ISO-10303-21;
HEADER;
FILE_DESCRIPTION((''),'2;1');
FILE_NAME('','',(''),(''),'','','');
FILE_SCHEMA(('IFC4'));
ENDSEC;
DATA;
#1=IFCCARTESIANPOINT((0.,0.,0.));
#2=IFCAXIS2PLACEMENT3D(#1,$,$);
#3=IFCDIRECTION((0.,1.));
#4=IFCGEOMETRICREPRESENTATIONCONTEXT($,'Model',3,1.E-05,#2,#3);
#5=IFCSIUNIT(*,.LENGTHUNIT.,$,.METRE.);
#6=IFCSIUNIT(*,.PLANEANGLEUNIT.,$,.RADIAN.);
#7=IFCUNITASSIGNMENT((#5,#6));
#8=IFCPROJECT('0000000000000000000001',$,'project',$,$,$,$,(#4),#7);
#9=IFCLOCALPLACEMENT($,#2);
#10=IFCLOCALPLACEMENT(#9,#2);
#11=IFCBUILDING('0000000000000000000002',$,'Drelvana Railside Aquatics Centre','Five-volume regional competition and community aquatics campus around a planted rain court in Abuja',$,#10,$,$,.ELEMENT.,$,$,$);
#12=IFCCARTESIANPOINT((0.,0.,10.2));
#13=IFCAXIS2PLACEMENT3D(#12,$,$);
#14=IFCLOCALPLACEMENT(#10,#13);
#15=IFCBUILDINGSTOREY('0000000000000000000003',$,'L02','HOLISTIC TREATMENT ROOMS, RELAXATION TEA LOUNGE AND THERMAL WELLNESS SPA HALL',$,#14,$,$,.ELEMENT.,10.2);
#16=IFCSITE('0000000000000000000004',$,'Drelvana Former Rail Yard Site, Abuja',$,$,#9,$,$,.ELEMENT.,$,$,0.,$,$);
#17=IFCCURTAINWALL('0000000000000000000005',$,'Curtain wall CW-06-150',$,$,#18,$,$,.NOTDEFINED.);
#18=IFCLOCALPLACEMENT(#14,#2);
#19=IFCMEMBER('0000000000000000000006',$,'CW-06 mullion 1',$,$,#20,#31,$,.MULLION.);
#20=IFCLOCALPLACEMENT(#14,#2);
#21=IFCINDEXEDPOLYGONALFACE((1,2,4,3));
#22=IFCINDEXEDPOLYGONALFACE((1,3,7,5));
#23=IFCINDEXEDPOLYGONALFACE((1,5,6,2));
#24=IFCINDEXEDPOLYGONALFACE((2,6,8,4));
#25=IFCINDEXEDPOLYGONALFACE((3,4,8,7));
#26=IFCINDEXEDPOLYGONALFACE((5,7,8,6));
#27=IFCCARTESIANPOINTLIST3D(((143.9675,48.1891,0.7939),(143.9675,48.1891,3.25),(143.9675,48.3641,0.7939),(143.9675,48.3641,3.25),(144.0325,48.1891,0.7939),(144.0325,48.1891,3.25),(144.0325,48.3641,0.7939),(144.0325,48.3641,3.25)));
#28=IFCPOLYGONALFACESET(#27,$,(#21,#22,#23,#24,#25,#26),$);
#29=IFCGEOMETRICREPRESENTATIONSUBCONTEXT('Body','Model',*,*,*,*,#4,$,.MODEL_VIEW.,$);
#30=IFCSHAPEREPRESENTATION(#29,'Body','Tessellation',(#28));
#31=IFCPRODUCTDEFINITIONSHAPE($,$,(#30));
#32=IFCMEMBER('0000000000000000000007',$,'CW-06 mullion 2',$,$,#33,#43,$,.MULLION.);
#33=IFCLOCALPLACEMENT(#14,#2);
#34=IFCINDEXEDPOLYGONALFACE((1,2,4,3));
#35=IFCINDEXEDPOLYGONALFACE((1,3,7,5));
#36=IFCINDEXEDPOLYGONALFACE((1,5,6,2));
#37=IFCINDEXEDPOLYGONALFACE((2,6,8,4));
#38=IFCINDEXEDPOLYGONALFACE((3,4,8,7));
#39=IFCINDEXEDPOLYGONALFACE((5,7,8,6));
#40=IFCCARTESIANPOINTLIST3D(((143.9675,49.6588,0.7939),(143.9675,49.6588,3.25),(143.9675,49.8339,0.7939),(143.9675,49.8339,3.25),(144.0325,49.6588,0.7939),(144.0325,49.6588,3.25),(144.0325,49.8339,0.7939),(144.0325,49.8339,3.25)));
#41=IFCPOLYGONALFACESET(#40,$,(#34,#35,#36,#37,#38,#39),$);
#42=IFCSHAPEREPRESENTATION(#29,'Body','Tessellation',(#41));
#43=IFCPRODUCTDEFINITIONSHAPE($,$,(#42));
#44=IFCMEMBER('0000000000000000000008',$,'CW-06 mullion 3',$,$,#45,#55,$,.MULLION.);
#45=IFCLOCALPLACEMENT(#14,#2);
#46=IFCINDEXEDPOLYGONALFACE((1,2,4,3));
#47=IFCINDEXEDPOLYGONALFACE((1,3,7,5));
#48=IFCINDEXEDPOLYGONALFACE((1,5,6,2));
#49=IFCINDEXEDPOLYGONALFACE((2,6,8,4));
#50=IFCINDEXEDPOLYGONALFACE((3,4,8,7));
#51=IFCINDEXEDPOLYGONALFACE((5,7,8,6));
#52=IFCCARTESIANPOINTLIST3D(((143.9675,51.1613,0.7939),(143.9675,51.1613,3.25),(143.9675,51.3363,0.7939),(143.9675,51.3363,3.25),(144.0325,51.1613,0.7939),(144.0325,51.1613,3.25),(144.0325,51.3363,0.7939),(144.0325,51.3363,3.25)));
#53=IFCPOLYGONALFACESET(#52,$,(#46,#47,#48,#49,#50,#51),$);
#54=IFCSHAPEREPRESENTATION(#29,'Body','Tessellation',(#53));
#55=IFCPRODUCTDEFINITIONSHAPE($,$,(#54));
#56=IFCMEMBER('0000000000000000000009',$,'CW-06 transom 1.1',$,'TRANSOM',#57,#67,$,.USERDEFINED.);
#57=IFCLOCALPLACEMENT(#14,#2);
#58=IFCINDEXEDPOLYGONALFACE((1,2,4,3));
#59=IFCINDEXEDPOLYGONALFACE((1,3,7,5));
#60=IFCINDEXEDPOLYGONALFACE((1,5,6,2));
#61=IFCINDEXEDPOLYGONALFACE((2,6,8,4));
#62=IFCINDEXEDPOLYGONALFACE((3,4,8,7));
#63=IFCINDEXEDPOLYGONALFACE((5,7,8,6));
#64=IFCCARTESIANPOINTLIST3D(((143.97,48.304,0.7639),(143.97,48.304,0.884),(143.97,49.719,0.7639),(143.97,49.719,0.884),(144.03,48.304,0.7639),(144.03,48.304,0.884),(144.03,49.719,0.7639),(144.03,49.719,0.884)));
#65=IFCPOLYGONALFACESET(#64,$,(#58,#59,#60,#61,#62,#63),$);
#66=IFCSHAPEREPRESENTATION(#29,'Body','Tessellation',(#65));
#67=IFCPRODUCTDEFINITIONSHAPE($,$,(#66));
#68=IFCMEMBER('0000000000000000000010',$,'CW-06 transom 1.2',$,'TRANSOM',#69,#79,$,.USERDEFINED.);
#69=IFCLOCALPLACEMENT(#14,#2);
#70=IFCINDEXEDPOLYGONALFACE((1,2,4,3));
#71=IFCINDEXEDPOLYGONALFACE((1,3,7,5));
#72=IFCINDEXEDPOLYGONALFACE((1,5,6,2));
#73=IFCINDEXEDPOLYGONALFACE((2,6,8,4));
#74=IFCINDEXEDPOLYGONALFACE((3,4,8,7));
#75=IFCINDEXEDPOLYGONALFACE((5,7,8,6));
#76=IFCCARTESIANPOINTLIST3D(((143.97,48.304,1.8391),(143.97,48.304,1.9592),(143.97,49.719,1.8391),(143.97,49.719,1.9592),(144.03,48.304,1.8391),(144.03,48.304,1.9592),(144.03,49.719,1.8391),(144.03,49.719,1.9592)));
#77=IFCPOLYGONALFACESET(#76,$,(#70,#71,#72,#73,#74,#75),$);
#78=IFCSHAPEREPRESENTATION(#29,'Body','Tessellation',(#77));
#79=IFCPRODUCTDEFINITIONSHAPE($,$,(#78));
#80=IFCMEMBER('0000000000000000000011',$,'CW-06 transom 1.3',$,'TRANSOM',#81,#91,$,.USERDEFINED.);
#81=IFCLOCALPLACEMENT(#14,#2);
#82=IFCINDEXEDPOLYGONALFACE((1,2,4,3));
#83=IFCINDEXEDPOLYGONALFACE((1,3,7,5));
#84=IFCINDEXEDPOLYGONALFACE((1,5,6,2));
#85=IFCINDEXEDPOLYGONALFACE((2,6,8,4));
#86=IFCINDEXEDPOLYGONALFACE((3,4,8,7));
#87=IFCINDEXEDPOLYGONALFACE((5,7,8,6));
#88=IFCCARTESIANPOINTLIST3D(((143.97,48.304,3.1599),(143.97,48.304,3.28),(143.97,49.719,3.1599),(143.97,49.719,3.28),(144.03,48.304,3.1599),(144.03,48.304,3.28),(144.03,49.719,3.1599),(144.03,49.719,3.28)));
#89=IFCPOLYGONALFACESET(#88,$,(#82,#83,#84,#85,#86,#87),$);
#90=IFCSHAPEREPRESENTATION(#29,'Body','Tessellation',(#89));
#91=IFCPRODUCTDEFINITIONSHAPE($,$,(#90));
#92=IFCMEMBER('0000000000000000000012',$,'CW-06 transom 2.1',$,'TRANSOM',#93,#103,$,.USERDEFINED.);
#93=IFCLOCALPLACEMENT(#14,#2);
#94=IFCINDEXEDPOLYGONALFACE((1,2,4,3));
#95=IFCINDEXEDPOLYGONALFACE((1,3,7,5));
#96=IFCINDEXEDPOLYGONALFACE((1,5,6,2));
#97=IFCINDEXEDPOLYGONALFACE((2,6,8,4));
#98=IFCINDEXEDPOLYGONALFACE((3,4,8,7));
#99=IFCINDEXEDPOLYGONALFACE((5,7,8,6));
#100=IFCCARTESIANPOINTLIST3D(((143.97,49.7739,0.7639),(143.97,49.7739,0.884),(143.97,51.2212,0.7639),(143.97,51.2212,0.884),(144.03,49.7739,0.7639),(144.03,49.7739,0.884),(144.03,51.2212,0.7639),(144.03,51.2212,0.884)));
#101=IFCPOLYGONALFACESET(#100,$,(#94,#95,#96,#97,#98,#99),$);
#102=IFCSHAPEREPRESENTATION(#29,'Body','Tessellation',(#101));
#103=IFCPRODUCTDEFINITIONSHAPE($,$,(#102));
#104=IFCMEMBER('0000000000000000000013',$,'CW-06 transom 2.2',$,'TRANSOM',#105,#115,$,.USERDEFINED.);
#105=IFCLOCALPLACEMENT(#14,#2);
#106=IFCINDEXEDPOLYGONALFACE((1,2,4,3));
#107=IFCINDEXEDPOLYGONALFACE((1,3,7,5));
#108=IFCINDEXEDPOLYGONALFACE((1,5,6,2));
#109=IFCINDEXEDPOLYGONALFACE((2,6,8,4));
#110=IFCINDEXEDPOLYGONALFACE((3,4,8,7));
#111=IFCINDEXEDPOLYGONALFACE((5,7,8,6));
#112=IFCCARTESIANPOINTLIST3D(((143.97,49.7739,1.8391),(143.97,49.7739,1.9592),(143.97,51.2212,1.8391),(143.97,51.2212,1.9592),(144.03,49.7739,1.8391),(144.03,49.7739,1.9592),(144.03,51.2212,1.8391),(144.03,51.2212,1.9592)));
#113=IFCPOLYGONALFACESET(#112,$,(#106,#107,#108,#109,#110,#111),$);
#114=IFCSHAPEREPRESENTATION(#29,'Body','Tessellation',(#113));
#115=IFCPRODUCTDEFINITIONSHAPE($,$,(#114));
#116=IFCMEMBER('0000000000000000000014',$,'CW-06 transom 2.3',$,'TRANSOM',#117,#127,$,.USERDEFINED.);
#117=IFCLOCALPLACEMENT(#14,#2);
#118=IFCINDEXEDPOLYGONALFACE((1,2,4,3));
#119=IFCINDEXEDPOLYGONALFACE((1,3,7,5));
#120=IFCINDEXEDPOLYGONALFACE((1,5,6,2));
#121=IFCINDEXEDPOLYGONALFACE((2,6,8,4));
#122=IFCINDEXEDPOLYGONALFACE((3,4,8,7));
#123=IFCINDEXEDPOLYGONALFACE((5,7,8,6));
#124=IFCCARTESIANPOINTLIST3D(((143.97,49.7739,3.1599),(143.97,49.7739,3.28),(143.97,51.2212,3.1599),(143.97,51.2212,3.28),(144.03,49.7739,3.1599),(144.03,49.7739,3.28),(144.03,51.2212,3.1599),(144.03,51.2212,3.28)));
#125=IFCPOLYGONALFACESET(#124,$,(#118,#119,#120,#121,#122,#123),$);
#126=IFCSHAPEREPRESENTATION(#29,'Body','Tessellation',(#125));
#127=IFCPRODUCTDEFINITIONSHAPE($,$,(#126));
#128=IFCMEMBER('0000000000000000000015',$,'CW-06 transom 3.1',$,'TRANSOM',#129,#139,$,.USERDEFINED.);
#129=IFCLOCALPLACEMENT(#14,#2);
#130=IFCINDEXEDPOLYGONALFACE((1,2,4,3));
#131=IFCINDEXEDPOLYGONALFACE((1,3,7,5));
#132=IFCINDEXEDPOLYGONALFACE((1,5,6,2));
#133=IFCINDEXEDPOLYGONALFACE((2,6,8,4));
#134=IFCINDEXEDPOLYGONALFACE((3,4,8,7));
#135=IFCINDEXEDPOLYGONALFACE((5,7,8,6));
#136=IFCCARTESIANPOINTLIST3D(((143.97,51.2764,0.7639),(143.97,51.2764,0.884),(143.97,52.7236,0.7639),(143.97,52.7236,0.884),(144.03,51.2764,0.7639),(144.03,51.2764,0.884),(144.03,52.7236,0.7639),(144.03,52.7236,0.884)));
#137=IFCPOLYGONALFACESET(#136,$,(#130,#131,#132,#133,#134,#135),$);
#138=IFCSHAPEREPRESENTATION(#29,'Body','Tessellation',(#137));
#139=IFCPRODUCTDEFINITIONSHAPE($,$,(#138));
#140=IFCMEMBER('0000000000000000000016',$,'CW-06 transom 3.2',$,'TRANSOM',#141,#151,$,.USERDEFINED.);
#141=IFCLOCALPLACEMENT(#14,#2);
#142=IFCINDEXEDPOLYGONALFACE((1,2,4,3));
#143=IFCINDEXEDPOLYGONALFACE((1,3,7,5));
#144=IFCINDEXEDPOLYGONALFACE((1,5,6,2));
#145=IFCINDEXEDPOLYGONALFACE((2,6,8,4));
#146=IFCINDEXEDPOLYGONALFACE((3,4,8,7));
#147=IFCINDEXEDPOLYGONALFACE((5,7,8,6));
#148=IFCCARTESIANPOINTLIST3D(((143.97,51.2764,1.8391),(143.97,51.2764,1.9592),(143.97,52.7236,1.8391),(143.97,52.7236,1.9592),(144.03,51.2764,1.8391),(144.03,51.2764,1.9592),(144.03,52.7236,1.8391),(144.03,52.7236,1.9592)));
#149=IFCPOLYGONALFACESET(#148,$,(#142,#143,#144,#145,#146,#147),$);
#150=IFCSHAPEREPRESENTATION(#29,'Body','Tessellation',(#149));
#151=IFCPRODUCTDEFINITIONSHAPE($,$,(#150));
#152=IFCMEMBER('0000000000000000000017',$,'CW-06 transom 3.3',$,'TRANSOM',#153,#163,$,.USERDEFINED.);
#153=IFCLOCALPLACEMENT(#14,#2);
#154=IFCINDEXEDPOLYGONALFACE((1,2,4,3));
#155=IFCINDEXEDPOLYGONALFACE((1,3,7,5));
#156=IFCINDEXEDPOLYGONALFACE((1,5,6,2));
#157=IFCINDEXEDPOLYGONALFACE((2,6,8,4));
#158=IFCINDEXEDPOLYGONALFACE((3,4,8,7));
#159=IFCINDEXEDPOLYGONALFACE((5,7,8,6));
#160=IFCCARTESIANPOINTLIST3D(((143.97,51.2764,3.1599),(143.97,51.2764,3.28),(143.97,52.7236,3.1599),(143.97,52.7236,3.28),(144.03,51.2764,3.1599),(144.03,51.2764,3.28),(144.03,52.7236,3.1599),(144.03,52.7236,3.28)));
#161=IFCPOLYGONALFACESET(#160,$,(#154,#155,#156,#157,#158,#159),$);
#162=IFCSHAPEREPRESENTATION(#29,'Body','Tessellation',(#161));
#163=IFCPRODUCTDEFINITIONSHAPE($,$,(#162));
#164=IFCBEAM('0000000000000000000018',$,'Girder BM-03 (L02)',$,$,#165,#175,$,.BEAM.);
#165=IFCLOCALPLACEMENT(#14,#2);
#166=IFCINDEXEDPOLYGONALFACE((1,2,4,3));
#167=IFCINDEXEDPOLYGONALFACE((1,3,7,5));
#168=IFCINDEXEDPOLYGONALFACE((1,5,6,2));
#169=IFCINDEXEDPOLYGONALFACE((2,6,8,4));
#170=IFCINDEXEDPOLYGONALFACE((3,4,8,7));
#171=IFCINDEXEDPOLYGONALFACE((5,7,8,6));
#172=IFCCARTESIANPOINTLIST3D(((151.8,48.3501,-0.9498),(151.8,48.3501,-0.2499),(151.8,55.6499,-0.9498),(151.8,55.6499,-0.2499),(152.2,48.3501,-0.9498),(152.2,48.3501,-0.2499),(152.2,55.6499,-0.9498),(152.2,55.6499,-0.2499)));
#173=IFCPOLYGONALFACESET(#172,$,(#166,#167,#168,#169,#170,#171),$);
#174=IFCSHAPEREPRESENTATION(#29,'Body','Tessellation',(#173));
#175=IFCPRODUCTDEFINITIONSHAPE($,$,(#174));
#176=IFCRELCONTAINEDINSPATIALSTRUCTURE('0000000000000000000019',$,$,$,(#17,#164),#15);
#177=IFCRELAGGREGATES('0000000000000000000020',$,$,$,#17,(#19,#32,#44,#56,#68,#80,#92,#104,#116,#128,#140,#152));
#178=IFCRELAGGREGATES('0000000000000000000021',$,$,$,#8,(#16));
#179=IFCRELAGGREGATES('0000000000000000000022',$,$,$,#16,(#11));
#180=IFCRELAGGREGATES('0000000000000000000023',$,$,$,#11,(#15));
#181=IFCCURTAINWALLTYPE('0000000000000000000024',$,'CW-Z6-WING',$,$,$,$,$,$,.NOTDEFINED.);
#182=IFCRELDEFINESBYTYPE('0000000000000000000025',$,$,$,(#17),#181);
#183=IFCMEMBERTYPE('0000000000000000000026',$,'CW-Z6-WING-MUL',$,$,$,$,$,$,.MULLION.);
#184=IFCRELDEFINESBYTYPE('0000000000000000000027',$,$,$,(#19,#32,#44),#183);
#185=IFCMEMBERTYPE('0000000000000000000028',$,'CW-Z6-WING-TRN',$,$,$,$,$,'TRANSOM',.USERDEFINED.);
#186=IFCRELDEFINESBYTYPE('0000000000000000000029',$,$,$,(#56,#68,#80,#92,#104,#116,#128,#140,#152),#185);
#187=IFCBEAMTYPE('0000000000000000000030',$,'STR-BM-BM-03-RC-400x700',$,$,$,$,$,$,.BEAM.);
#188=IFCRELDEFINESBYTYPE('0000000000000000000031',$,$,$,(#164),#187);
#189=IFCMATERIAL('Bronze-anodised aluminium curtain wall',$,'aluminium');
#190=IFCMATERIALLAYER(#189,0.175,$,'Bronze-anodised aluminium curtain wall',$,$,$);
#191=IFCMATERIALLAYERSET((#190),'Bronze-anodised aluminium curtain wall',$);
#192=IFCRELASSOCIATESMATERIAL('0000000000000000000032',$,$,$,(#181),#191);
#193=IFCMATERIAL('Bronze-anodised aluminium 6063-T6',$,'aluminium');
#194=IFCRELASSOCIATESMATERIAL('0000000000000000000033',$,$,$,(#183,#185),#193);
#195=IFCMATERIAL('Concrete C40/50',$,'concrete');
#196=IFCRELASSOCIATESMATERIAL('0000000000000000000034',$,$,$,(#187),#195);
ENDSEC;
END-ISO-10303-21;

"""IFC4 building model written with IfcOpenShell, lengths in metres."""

from ifc_helpers import new_model, si_unit, direction, frame, origin, origin_2d, place, context, subcontext, project, spatial, rectangle, extrude, material, layer, layer_set, material_profile, profile_set, type_object, element, aggregate, save


model = new_model("IFC4")

# Units and contexts
model_context = context("Model", 3, precision=1e-05, world=origin(), true_north=direction((0.0, 1.0)))
body_context = subcontext(model_context, "Body", "Model", "MODEL_VIEW")
ifc_project = project(units=[si_unit("LENGTHUNIT", "METRE"), si_unit("PLANEANGLEUNIT", "RADIAN")], contexts=[model_context])

# Site, building, storey
site_placement = place(None, origin())
site = spatial("IfcSite", under=ifc_project, at=site_placement, Name="Drelvana Former Rail Yard Site, Abuja", CompositionType="ELEMENT", RefElevation=0.0)
building_placement = place(site_placement, origin())
building = spatial("IfcBuilding", under=site, at=building_placement, Name="Drelvana Railside Aquatics Centre", Description="Five-volume regional competition and community aquatics campus around a planted rain court in Abuja", CompositionType="ELEMENT")
storey_placement = place(building_placement, frame((0.0, 0.0, 10.2)))
storey = spatial("IfcBuildingStorey", under=building, at=storey_placement, Name="L02", Description="HOLISTIC TREATMENT ROOMS, RELAXATION TEA LOUNGE AND THERMAL WELLNESS SPA HALL", CompositionType="ELEMENT", Elevation=10.2)

# Curtain wall, members
ifc_material_1 = material(Name="Bronze-anodised aluminium curtain wall", Category="aluminium")
ifc_layer_1 = layer(ifc_material_1, 0.175, Name="Bronze-anodised aluminium curtain wall")
ifc_layer_set_1 = layer_set([ifc_layer_1], Name="Bronze-anodised aluminium curtain wall")
curtain_wall_type = type_object("IfcCurtainWallType", Name="CW-Z6-WING", PredefinedType="NOTDEFINED", material=ifc_layer_set_1)
curtain_wall_placement = place(storey_placement, origin())
curtain_wall = element("IfcCurtainWall", 1, at=curtain_wall_placement, inside=storey, type_object=curtain_wall_type, Name="Curtain wall CW-06-150", PredefinedType="NOTDEFINED")
ifc_material_2 = material(Name="Bronze-anodised aluminium 6063-T6", Category="aluminium")
ifc_material_profile_1 = material_profile(ifc_material_2, rectangle(XDim=0.0649, YDim=0.175, at=origin_2d()), Name="ALU-M 65x175")
ifc_profile_set_1 = profile_set([ifc_material_profile_1], Name="Bronze-anodised aluminium 6063-T6")
member_type_1 = type_object("IfcMemberType", Name="CW-Z6-WING-MUL", PredefinedType="MULLION", material=ifc_profile_set_1)
member_1_placement = place(storey_placement, frame((144.0, 48.2766, 0.7939), z_axis=(0.0, 0.0, 1.0), x_axis=(-1.0, 0.0, 0.0)))
member_1 = element("IfcMember", 2, at=member_1_placement, type_object=member_type_1, Name="CW-06 mullion 1", PredefinedType="MULLION", context=body_context, shape_type="SweptSolid", body=[
    extrude(rectangle(XDim=0.0649, YDim=0.175, at=origin_2d()), origin(), (0.0, 0.0, 1.0), 2.4561),
])
member_2_placement = place(storey_placement, frame((144.0, 49.7463, 0.7939), z_axis=(0.0, 0.0, 1.0), x_axis=(-1.0, 0.0, 0.0)))
member_2 = element("IfcMember", 3, at=member_2_placement, type_object=member_type_1, Name="CW-06 mullion 2", PredefinedType="MULLION", context=body_context, shape_type="SweptSolid", body=[
    extrude(rectangle(XDim=0.0649, YDim=0.175, at=origin_2d()), origin(), (0.0, 0.0, 1.0), 2.4561),
])
member_3_placement = place(storey_placement, frame((144.0, 51.2488, 0.7939), z_axis=(0.0, 0.0, 1.0), x_axis=(-1.0, 0.0, 0.0)))
member_3 = element("IfcMember", 4, at=member_3_placement, type_object=member_type_1, Name="CW-06 mullion 3", PredefinedType="MULLION", context=body_context, shape_type="SweptSolid", body=[
    extrude(rectangle(XDim=0.0649, YDim=0.175, at=origin_2d()), origin(), (0.0, 0.0, 1.0), 2.4561),
])
ifc_material_profile_2 = material_profile(ifc_material_2, rectangle(XDim=0.1201, YDim=0.0601, at=origin_2d()), Name="ALU-T 60x120")
ifc_profile_set_2 = profile_set([ifc_material_profile_2], Name="Bronze-anodised aluminium 6063-T6")
member_type_2 = type_object("IfcMemberType", Name="CW-Z6-WING-TRN", ElementType="TRANSOM", PredefinedType="USERDEFINED", material=ifc_profile_set_2)
member_4_placement = place(storey_placement, frame((144.0, 48.304, 0.824), z_axis=(0.0, 1.0, 0.0), x_axis=(0.0, 0.0, 1.0)))
member_4 = element("IfcMember", 5, at=member_4_placement, type_object=member_type_2, Name="CW-06 transom 1.1", ObjectType="TRANSOM", PredefinedType="USERDEFINED", context=body_context, shape_type="SweptSolid", body=[
    extrude(rectangle(XDim=0.1201, YDim=0.0601, at=origin_2d()), origin(), (0.0, 0.0, 1.0), 1.415),
])
member_5_placement = place(storey_placement, frame((144.0, 48.304, 1.8992), z_axis=(0.0, 1.0, 0.0), x_axis=(0.0, 0.0, 1.0)))
member_5 = element("IfcMember", 6, at=member_5_placement, type_object=member_type_2, Name="CW-06 transom 1.2", ObjectType="TRANSOM", PredefinedType="USERDEFINED", context=body_context, shape_type="SweptSolid", body=[
    extrude(rectangle(XDim=0.1201, YDim=0.0601, at=origin_2d()), origin(), (0.0, 0.0, 1.0), 1.415),
])
member_6_placement = place(storey_placement, frame((144.0, 48.304, 3.22), z_axis=(0.0, 1.0, 0.0), x_axis=(0.0, 0.0, 1.0)))
member_6 = element("IfcMember", 7, at=member_6_placement, type_object=member_type_2, Name="CW-06 transom 1.3", ObjectType="TRANSOM", PredefinedType="USERDEFINED", context=body_context, shape_type="SweptSolid", body=[
    extrude(rectangle(XDim=0.1201, YDim=0.0601, at=origin_2d()), origin(), (0.0, 0.0, 1.0), 1.415),
])
member_7_placement = place(storey_placement, frame((144.0, 49.7739, 0.824), z_axis=(0.0, 1.0, 0.0), x_axis=(0.0, 0.0, 1.0)))
member_7 = element("IfcMember", 8, at=member_7_placement, type_object=member_type_2, Name="CW-06 transom 2.1", ObjectType="TRANSOM", PredefinedType="USERDEFINED", context=body_context, shape_type="SweptSolid", body=[
    extrude(rectangle(XDim=0.1201, YDim=0.0601, at=origin_2d()), origin(), (0.0, 0.0, 1.0), 1.4473),
])
member_8_placement = place(storey_placement, frame((144.0, 49.7739, 1.8992), z_axis=(0.0, 1.0, 0.0), x_axis=(0.0, 0.0, 1.0)))
member_8 = element("IfcMember", 9, at=member_8_placement, type_object=member_type_2, Name="CW-06 transom 2.2", ObjectType="TRANSOM", PredefinedType="USERDEFINED", context=body_context, shape_type="SweptSolid", body=[
    extrude(rectangle(XDim=0.1201, YDim=0.0601, at=origin_2d()), origin(), (0.0, 0.0, 1.0), 1.4473),
])
member_9_placement = place(storey_placement, frame((144.0, 49.7739, 3.22), z_axis=(0.0, 1.0, 0.0), x_axis=(0.0, 0.0, 1.0)))
member_9 = element("IfcMember", 10, at=member_9_placement, type_object=member_type_2, Name="CW-06 transom 2.3", ObjectType="TRANSOM", PredefinedType="USERDEFINED", context=body_context, shape_type="SweptSolid", body=[
    extrude(rectangle(XDim=0.1201, YDim=0.0601, at=origin_2d()), origin(), (0.0, 0.0, 1.0), 1.4473),
])
member_10_placement = place(storey_placement, frame((144.0, 51.2764, 0.824), z_axis=(0.0, 1.0, 0.0), x_axis=(0.0, 0.0, 1.0)))
member_10 = element("IfcMember", 11, at=member_10_placement, type_object=member_type_2, Name="CW-06 transom 3.1", ObjectType="TRANSOM", PredefinedType="USERDEFINED", context=body_context, shape_type="SweptSolid", body=[
    extrude(rectangle(XDim=0.1201, YDim=0.0601, at=origin_2d()), origin(), (0.0, 0.0, 1.0), 1.4473),
])
member_11_placement = place(storey_placement, frame((144.0, 51.2764, 1.8992), z_axis=(0.0, 1.0, 0.0), x_axis=(0.0, 0.0, 1.0)))
member_11 = element("IfcMember", 12, at=member_11_placement, type_object=member_type_2, Name="CW-06 transom 3.2", ObjectType="TRANSOM", PredefinedType="USERDEFINED", context=body_context, shape_type="SweptSolid", body=[
    extrude(rectangle(XDim=0.1201, YDim=0.0601, at=origin_2d()), origin(), (0.0, 0.0, 1.0), 1.4473),
])
member_12_placement = place(storey_placement, frame((144.0, 51.2764, 3.22), z_axis=(0.0, 1.0, 0.0), x_axis=(0.0, 0.0, 1.0)))
member_12 = element("IfcMember", 13, at=member_12_placement, type_object=member_type_2, Name="CW-06 transom 3.3", ObjectType="TRANSOM", PredefinedType="USERDEFINED", context=body_context, shape_type="SweptSolid", body=[
    extrude(rectangle(XDim=0.1201, YDim=0.0601, at=origin_2d()), origin(), (0.0, 0.0, 1.0), 1.4473),
])

# Beam
ifc_material_3 = material(Name="Concrete C40/50", Category="concrete")
ifc_material_profile_3 = material_profile(ifc_material_3, rectangle(XDim=0.3999, YDim=0.7, at=origin_2d()), Name="RC 400x700")
ifc_profile_set_3 = profile_set([ifc_material_profile_3], Name="Concrete C40/50")
beam_type_1 = type_object("IfcBeamType", Name="STR-BM-BM-03-RC-400x700", PredefinedType="BEAM", material=ifc_profile_set_3)
beam_1_placement = place(storey_placement, frame((152.0, 48.3501, -0.5999), z_axis=(0.0, 1.0, 0.0), x_axis=(-1.0, 0.0, 0.0)))
element("IfcBeam", 14, at=beam_1_placement, inside=storey, type_object=beam_type_1, Name="Girder BM-03 (L02)", PredefinedType="BEAM", context=body_context, shape_type="SweptSolid", body=[
    extrude(rectangle(XDim=0.3999, YDim=0.7, at=origin_2d()), origin(), (0.0, 0.0, 1.0), 7.2998),
])

aggregate(curtain_wall, [member_1, member_2, member_3, member_4, member_5, member_6, member_7, member_8, member_9, member_10, member_11, member_12])

save(model, "model.ifc")
